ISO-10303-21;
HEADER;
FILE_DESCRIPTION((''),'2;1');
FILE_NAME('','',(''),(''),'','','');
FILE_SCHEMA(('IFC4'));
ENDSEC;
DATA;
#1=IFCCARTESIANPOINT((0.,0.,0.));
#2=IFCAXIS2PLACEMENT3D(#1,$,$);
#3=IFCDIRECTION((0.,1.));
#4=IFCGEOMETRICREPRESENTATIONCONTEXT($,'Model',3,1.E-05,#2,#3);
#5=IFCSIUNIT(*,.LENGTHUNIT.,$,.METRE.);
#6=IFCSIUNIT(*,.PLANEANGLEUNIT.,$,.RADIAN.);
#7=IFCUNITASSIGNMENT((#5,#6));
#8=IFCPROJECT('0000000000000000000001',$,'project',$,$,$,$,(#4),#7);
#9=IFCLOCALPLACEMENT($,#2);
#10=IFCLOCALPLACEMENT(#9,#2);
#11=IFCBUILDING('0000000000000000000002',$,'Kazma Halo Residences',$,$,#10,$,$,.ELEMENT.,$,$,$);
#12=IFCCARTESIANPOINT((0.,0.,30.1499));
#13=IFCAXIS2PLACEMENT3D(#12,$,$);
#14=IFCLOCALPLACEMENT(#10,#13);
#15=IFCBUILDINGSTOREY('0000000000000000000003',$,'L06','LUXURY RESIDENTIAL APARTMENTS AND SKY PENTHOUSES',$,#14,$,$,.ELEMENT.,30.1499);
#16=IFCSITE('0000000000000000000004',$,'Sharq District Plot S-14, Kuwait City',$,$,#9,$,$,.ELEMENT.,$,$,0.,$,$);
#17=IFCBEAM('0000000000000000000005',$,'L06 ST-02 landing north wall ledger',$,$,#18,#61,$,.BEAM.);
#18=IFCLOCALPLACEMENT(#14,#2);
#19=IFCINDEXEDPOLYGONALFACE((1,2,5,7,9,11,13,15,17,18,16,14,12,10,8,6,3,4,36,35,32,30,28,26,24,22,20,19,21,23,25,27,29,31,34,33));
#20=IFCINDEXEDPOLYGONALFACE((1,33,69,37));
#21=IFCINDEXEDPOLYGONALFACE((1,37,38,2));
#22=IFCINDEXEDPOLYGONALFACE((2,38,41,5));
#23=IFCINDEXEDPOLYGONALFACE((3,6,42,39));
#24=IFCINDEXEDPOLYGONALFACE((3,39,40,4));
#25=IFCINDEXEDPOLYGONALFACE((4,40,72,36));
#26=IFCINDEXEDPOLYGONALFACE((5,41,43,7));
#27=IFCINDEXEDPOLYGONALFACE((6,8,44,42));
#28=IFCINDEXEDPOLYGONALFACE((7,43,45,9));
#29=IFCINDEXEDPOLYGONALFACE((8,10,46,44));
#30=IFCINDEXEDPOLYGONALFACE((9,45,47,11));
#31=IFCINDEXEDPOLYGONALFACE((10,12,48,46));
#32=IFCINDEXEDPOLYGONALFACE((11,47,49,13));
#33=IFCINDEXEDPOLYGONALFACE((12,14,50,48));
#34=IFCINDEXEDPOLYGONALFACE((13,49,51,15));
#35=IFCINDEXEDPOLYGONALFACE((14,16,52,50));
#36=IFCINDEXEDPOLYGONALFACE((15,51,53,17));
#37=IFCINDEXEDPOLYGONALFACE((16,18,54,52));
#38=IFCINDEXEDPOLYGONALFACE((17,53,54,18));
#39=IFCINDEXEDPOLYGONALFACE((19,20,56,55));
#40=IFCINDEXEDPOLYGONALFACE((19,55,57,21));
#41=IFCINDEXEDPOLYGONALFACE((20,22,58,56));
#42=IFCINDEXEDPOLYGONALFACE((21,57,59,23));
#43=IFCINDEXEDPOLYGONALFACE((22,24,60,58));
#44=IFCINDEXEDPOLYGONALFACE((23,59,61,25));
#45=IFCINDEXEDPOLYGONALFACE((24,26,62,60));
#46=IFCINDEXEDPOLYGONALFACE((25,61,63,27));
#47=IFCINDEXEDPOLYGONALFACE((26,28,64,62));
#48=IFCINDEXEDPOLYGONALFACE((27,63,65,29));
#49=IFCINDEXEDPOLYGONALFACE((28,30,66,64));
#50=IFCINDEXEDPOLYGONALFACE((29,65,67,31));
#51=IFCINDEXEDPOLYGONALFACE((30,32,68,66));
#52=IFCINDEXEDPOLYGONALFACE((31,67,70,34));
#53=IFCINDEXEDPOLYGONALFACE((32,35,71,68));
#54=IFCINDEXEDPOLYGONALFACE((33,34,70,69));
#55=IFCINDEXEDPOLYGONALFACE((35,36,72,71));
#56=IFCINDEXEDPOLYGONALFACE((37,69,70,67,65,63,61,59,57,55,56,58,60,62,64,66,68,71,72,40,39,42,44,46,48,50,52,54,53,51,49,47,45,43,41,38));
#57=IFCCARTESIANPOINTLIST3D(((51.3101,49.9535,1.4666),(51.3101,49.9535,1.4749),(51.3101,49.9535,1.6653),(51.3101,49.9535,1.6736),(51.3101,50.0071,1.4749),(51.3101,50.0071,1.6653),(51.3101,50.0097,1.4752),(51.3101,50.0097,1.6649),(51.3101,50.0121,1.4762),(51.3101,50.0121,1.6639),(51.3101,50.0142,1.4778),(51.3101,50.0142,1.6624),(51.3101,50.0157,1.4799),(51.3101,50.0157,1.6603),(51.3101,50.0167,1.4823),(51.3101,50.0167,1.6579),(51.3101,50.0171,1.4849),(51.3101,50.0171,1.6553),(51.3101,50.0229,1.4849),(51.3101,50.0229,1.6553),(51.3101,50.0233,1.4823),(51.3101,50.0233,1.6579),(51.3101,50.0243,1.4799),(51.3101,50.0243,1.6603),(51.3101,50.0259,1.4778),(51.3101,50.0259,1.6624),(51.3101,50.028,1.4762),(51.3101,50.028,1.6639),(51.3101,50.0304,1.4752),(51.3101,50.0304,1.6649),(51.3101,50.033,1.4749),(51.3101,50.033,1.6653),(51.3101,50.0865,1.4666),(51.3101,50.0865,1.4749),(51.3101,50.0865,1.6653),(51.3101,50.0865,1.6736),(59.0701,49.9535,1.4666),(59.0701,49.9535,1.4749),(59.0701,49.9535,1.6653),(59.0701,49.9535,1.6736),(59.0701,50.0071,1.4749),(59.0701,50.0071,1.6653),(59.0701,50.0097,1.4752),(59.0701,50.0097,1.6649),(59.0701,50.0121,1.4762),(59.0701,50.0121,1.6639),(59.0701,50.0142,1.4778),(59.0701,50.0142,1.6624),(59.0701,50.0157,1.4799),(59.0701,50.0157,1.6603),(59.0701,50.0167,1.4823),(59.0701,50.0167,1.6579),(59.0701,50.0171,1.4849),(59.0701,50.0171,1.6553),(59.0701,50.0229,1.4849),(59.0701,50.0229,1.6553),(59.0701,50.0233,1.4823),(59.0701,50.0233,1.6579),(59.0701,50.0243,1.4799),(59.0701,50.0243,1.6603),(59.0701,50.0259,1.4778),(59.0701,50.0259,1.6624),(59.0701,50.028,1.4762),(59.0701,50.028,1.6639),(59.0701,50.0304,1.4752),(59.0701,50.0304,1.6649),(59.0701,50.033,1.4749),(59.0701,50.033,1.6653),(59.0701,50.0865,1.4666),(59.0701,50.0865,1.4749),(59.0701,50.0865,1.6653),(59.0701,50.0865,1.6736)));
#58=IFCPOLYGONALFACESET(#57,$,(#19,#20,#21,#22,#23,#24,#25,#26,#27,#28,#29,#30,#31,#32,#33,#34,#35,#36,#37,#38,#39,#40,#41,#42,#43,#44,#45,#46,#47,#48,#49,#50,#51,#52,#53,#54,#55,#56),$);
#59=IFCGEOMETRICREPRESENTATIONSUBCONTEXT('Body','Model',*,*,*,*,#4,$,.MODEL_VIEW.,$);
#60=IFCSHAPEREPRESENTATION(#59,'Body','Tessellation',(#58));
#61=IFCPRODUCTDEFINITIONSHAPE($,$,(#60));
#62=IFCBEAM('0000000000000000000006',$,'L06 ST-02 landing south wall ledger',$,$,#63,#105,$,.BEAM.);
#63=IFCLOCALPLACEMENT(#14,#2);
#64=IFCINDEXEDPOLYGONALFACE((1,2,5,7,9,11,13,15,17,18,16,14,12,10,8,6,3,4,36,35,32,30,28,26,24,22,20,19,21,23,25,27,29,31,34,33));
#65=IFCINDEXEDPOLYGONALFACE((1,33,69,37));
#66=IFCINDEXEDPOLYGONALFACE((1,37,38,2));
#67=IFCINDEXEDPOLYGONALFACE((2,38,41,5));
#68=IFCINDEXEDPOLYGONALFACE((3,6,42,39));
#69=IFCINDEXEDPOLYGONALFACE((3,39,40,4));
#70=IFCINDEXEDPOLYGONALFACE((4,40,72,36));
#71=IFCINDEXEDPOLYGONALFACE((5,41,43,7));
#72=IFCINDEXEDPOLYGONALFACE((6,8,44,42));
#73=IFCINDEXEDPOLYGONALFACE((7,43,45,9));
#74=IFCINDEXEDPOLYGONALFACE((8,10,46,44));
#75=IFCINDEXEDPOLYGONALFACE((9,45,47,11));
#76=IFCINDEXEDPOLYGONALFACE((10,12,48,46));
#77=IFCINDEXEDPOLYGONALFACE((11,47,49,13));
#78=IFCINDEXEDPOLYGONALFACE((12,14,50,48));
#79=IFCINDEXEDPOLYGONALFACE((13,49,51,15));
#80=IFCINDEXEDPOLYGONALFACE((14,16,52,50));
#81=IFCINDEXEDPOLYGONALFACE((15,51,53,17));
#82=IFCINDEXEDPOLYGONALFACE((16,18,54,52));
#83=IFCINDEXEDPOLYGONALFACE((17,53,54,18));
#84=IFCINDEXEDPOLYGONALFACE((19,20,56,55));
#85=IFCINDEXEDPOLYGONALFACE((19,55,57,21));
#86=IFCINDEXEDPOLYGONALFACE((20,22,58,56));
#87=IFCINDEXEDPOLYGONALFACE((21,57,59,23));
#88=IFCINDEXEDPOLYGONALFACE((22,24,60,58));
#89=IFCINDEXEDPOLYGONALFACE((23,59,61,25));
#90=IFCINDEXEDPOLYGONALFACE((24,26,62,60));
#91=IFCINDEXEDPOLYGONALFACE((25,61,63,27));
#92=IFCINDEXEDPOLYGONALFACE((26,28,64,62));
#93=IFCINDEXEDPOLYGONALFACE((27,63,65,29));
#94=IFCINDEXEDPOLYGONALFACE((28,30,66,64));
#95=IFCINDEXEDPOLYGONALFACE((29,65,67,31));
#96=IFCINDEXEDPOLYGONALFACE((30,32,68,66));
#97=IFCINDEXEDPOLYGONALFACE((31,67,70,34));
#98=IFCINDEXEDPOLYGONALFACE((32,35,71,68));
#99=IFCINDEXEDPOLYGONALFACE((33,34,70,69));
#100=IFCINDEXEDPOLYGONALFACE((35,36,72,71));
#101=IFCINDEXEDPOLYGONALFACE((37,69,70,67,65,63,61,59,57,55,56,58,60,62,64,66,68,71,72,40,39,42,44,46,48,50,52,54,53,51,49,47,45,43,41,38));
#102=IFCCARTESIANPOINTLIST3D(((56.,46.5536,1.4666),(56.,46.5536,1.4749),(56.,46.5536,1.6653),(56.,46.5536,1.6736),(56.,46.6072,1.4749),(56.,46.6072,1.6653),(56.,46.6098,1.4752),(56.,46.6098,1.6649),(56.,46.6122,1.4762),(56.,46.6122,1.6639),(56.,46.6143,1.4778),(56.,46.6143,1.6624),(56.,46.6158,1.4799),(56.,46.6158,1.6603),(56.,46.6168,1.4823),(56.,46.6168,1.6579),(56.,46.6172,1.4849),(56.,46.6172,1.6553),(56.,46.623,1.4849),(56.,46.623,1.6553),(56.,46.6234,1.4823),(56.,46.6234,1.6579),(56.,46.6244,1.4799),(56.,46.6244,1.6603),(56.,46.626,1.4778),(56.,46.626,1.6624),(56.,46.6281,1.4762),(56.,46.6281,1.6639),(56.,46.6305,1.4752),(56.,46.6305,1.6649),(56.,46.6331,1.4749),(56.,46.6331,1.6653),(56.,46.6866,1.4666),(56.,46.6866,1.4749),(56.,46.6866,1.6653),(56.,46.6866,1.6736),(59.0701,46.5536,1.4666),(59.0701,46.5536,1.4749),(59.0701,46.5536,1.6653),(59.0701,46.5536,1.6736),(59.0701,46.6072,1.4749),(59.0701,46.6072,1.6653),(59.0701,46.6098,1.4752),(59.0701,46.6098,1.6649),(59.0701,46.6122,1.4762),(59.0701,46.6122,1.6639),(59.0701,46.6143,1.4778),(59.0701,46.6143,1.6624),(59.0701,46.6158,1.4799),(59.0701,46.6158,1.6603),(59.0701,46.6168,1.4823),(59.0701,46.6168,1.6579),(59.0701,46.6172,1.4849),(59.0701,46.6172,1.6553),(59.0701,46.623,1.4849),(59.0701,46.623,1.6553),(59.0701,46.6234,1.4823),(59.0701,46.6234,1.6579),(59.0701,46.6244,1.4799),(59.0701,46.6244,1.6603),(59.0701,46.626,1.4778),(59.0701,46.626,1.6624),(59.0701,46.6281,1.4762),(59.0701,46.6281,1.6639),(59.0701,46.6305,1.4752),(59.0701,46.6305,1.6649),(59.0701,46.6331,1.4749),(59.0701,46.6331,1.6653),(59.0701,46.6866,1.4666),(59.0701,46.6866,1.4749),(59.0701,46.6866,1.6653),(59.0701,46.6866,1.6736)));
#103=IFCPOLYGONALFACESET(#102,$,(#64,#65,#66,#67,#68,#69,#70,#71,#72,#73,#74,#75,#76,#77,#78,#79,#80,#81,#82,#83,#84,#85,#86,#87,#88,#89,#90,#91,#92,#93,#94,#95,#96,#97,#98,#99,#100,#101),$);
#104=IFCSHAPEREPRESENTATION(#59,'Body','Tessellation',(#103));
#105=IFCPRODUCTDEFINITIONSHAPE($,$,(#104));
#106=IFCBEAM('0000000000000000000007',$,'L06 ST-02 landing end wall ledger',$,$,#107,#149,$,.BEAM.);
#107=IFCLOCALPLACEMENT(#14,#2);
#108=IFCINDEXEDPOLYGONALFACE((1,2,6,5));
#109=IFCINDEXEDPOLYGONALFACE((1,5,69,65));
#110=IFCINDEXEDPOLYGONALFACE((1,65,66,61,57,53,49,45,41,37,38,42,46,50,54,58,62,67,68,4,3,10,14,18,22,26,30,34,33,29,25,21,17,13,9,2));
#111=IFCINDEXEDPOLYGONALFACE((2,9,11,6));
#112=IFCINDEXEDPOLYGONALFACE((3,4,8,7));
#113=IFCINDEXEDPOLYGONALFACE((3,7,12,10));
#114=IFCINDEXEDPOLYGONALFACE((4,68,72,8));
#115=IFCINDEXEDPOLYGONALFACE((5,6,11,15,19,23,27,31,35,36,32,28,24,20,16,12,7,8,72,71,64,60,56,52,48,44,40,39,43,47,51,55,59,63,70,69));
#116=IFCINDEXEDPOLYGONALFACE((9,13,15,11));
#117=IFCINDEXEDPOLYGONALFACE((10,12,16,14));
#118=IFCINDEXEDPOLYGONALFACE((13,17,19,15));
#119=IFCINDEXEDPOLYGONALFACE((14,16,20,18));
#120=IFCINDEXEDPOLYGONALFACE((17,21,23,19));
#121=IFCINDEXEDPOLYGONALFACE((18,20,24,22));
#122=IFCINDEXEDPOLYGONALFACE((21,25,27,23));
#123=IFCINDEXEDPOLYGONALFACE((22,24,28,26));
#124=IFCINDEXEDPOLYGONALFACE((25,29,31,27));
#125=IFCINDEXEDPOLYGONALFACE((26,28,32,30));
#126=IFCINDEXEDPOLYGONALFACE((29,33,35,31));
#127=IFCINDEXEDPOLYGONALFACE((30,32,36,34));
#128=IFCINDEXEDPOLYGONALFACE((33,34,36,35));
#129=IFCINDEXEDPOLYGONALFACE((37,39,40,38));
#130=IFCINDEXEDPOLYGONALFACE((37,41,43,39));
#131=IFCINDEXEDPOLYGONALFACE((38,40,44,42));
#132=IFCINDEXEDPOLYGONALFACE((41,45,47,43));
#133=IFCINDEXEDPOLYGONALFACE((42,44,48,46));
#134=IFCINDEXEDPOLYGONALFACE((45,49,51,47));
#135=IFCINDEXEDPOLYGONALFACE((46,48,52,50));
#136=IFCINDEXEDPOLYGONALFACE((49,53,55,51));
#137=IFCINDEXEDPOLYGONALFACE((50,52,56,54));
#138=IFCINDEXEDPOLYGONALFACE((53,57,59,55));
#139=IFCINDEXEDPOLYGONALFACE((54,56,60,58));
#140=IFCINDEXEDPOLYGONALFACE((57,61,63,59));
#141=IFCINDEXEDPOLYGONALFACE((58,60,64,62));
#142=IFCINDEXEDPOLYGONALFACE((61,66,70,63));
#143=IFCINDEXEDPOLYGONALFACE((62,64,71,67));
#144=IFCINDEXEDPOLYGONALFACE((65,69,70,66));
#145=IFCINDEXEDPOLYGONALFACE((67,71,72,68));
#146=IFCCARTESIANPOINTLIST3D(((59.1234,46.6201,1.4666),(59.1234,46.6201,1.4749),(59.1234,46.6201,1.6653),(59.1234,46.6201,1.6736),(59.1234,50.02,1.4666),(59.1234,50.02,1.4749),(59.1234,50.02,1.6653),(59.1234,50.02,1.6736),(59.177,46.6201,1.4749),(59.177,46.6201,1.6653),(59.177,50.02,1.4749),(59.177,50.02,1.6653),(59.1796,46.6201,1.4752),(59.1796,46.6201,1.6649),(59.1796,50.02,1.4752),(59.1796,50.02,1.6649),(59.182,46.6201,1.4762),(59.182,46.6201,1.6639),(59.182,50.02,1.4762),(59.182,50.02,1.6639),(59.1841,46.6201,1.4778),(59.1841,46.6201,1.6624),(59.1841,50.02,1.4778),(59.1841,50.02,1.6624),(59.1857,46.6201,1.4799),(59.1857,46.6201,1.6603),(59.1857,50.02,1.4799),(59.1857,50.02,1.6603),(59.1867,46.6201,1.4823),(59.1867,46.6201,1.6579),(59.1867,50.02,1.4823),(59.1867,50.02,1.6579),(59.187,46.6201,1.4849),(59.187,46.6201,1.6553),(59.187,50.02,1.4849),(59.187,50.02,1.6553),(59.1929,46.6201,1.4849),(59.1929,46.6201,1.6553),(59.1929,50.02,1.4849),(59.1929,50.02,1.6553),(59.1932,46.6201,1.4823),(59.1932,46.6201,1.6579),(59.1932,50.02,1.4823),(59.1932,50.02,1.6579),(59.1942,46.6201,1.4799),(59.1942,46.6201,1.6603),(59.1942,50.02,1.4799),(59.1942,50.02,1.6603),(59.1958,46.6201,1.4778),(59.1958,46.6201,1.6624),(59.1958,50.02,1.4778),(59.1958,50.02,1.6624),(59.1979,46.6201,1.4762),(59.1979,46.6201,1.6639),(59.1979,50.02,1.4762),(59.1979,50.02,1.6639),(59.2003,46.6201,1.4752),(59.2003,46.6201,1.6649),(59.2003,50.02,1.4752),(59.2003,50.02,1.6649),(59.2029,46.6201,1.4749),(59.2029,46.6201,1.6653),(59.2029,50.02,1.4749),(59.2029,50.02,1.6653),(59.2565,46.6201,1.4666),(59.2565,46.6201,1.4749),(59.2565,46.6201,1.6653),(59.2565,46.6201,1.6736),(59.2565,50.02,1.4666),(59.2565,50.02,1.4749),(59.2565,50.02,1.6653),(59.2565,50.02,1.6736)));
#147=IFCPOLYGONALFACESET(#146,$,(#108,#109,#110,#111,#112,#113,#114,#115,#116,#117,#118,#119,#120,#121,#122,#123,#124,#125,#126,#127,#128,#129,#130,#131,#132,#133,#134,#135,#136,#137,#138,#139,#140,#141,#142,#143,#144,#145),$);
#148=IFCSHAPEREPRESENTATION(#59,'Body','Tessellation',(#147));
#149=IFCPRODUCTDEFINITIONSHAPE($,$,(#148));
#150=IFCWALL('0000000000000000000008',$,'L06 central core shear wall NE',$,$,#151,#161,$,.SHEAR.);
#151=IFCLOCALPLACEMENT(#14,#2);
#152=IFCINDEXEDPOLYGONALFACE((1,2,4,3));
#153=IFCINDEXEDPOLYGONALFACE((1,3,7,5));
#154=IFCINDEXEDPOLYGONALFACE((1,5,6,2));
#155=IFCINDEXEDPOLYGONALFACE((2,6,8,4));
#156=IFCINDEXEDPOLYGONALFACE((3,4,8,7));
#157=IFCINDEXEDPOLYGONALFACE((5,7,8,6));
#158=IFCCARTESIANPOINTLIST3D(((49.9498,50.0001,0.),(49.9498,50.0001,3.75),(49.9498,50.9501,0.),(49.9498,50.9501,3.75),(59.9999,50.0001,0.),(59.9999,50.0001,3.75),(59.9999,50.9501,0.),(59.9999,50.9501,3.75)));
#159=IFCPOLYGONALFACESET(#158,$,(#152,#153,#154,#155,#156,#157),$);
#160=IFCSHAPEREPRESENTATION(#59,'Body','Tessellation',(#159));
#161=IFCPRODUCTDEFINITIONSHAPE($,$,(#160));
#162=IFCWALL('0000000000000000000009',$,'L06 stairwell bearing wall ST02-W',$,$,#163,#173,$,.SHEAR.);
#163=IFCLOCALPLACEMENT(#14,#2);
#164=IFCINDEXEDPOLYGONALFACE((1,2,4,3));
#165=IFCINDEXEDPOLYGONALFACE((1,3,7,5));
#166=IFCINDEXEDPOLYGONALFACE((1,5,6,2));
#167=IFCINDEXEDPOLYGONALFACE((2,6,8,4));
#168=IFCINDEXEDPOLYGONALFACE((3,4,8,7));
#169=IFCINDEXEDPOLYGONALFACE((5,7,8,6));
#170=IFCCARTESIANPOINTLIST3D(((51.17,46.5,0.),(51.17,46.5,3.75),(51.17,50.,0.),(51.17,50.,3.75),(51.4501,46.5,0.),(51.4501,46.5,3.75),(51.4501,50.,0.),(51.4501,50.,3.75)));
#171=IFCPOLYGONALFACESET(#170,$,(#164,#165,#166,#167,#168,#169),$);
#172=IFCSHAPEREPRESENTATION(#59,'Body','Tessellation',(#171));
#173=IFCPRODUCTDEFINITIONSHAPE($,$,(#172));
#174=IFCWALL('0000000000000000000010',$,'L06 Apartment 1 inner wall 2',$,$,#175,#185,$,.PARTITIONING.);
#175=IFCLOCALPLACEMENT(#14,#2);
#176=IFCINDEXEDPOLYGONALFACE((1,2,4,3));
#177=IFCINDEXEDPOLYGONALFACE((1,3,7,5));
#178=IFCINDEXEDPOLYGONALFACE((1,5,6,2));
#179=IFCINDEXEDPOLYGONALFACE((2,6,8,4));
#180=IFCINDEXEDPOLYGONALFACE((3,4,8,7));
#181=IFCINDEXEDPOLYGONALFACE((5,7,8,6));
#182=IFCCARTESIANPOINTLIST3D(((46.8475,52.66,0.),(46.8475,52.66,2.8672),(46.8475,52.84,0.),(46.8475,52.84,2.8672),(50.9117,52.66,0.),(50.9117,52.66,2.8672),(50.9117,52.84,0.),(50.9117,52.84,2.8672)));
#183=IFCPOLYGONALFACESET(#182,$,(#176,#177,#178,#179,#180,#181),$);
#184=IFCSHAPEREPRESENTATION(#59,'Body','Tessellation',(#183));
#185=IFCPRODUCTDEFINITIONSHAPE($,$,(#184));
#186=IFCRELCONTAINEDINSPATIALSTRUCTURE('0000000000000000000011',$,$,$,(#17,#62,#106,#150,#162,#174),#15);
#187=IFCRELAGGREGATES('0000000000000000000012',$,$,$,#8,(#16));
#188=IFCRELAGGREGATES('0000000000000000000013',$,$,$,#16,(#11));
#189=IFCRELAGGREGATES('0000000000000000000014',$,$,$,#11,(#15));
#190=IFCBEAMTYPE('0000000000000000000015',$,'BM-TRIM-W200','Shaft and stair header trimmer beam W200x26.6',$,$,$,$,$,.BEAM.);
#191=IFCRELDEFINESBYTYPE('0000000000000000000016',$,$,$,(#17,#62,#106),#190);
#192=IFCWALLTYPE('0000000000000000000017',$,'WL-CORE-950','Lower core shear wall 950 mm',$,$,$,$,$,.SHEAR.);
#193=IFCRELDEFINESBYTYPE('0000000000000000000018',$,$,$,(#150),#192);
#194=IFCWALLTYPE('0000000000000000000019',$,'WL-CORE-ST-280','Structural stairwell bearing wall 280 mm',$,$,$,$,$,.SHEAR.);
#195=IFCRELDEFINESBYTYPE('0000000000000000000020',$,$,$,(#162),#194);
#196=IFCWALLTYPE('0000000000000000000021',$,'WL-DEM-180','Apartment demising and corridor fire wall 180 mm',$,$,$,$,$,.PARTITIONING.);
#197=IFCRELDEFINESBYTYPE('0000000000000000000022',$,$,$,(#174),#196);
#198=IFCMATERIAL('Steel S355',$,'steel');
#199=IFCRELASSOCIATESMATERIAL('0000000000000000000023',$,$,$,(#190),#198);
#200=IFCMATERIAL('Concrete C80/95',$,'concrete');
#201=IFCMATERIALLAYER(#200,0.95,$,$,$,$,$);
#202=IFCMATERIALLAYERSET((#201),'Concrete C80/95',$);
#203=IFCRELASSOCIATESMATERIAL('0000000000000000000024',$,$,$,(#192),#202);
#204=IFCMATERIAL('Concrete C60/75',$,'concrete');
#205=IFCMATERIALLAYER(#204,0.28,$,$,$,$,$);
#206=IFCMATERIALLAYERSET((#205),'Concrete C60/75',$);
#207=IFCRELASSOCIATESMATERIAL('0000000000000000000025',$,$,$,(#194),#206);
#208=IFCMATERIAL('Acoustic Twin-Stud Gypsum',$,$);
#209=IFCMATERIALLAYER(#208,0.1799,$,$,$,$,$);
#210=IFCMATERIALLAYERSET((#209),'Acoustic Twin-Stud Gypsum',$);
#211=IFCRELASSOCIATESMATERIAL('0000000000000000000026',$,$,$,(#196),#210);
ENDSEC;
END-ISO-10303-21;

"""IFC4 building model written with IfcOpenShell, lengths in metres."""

from ifc_helpers import new_model, si_unit, direction, frame, frame_2d, origin, origin_2d, place, context, subcontext, project, spatial, rectangle, i_section, extrude, material, layer, layer_set, material_profile, profile_set, type_object, element, save


model = new_model("IFC4")

# Units and contexts
model_context = context("Model", 3, precision=1e-05, world=origin(), true_north=direction((0.0, 1.0)))
body_context = subcontext(model_context, "Body", "Model", "MODEL_VIEW")
ifc_project = project(units=[si_unit("LENGTHUNIT", "METRE"), si_unit("PLANEANGLEUNIT", "RADIAN")], contexts=[model_context])

# Site, building, storey
site_placement = place(None, origin())
site = spatial("IfcSite", under=ifc_project, at=site_placement, Name="Sharq District Plot S-14, Kuwait City", CompositionType="ELEMENT", RefElevation=0.0)
building_placement = place(site_placement, origin())
building = spatial("IfcBuilding", under=site, at=building_placement, Name="Kazma Halo Residences", CompositionType="ELEMENT")
storey_placement = place(building_placement, frame((0.0, 0.0, 30.1499)))
storey = spatial("IfcBuildingStorey", under=building, at=storey_placement, Name="L06", Description="LUXURY RESIDENTIAL APARTMENTS AND SKY PENTHOUSES", CompositionType="ELEMENT", Elevation=30.1499)

# Shared definitions
ifc_material_1 = material(Name="Steel S355", Category="steel")

# Beams
ifc_material_profile_1 = material_profile(ifc_material_1, i_section(OverallWidth=0.1331, OverallDepth=0.207, WebThickness=0.0059, FlangeThickness=0.0083, FilletRadius=0.01, at=origin_2d()), Name="W200x26.6")
ifc_profile_set_1 = profile_set([ifc_material_profile_1], Name="Steel S355")
beam_type_1 = type_object("IfcBeamType", Name="BM-TRIM-W200", Description="Shaft and stair header trimmer beam W200x26.6", PredefinedType="BEAM", material=ifc_profile_set_1)
beam_1_placement = place(storey_placement, frame((51.3101, 50.02, 1.5701), z_axis=(1.0, 0.0, 0.0), x_axis=(0.0, 1.0, 0.0)))
element("IfcBeam", 1, at=beam_1_placement, inside=storey, type_object=beam_type_1, Name="L06 ST-02 landing north wall ledger", PredefinedType="BEAM", context=body_context, shape_type="SweptSolid", body=[
    extrude(i_section(OverallWidth=0.1331, OverallDepth=0.207, WebThickness=0.0059, FlangeThickness=0.0083, FilletRadius=0.01, at=origin_2d()), origin(), (0.0, 0.0, 1.0), 7.76),
])
beam_2_placement = place(storey_placement, frame((56.0, 46.6201, 1.5701), z_axis=(1.0, 0.0, 0.0), x_axis=(0.0, 1.0, 0.0)))
element("IfcBeam", 2, at=beam_2_placement, inside=storey, type_object=beam_type_1, Name="L06 ST-02 landing south wall ledger", PredefinedType="BEAM", context=body_context, shape_type="SweptSolid", body=[
    extrude(i_section(OverallWidth=0.1331, OverallDepth=0.207, WebThickness=0.0059, FlangeThickness=0.0083, FilletRadius=0.01, at=origin_2d()), origin(), (0.0, 0.0, 1.0), 3.0701),
])
beam_3_placement = place(storey_placement, frame((59.1899, 46.6201, 1.5701), z_axis=(0.0, 1.0, 0.0), x_axis=(-1.0, 0.0, 0.0)))
element("IfcBeam", 3, at=beam_3_placement, inside=storey, type_object=beam_type_1, Name="L06 ST-02 landing end wall ledger", PredefinedType="BEAM", context=body_context, shape_type="SweptSolid", body=[
    extrude(i_section(OverallWidth=0.1331, OverallDepth=0.207, WebThickness=0.0059, FlangeThickness=0.0083, FilletRadius=0.01, at=origin_2d()), origin(), (0.0, 0.0, 1.0), 3.3999),
])

# Walls
ifc_material_2 = material(Name="Concrete C80/95", Category="concrete")
ifc_layer_1 = layer(ifc_material_2, 0.95)
ifc_layer_set_1 = layer_set([ifc_layer_1], Name="Concrete C80/95")
wall_type_1 = type_object("IfcWallType", Name="WL-CORE-950", Description="Lower core shear wall 950 mm", PredefinedType="SHEAR", material=ifc_layer_set_1)
wall_1_placement = place(storey_placement, frame((49.95, 50.4751, 0.0), z_axis=(0.0, 0.0, 1.0), x_axis=(1.0, 0.0, 0.0)))
element("IfcWall", 4, at=wall_1_placement, inside=storey, type_object=wall_type_1, Name="L06 central core shear wall NE", PredefinedType="SHEAR", context=body_context, shape_type="SweptSolid", body=[
    extrude(rectangle(XDim=10.05, YDim=0.95, at=frame_2d((5.0249, 0.0))), origin(), (0.0, 0.0, 1.0), 3.75),
])
ifc_material_3 = material(Name="Concrete C60/75", Category="concrete")
ifc_layer_2 = layer(ifc_material_3, 0.28)
ifc_layer_set_2 = layer_set([ifc_layer_2], Name="Concrete C60/75")
wall_type_2 = type_object("IfcWallType", Name="WL-CORE-ST-280", Description="Structural stairwell bearing wall 280 mm", PredefinedType="SHEAR", material=ifc_layer_set_2)
wall_2_placement = place(storey_placement, frame((51.3101, 46.5, 0.0), z_axis=(0.0, 0.0, 1.0), x_axis=(0.0, 1.0, 0.0)))
element("IfcWall", 5, at=wall_2_placement, inside=storey, type_object=wall_type_2, Name="L06 stairwell bearing wall ST02-W", PredefinedType="SHEAR", context=body_context, shape_type="SweptSolid", body=[
    extrude(rectangle(XDim=3.5, YDim=0.28, at=frame_2d((1.75, 0.0))), origin(), (0.0, 0.0, 1.0), 3.75),
])
ifc_material_4 = material(Name="Acoustic Twin-Stud Gypsum")
ifc_layer_3 = layer(ifc_material_4, 0.1799)
ifc_layer_set_3 = layer_set([ifc_layer_3], Name="Acoustic Twin-Stud Gypsum")
wall_type_3 = type_object("IfcWallType", Name="WL-DEM-180", Description="Apartment demising and corridor fire wall 180 mm", PredefinedType="PARTITIONING", material=ifc_layer_set_3)
wall_3_placement = place(storey_placement, frame((50.9119, 52.75, 0.0), z_axis=(0.0, 0.0, 1.0), x_axis=(-1.0, 0.0, 0.0)))
element("IfcWall", 6, at=wall_3_placement, inside=storey, type_object=wall_type_3, Name="L06 Apartment 1 inner wall 2", PredefinedType="PARTITIONING", context=body_context, shape_type="SweptSolid", body=[
    extrude(rectangle(XDim=4.0642, YDim=0.1799, at=frame_2d((2.0322, 0.0))), origin(), (0.0, 0.0, 1.0), 2.8672),
])

save(model, "model.ifc")
